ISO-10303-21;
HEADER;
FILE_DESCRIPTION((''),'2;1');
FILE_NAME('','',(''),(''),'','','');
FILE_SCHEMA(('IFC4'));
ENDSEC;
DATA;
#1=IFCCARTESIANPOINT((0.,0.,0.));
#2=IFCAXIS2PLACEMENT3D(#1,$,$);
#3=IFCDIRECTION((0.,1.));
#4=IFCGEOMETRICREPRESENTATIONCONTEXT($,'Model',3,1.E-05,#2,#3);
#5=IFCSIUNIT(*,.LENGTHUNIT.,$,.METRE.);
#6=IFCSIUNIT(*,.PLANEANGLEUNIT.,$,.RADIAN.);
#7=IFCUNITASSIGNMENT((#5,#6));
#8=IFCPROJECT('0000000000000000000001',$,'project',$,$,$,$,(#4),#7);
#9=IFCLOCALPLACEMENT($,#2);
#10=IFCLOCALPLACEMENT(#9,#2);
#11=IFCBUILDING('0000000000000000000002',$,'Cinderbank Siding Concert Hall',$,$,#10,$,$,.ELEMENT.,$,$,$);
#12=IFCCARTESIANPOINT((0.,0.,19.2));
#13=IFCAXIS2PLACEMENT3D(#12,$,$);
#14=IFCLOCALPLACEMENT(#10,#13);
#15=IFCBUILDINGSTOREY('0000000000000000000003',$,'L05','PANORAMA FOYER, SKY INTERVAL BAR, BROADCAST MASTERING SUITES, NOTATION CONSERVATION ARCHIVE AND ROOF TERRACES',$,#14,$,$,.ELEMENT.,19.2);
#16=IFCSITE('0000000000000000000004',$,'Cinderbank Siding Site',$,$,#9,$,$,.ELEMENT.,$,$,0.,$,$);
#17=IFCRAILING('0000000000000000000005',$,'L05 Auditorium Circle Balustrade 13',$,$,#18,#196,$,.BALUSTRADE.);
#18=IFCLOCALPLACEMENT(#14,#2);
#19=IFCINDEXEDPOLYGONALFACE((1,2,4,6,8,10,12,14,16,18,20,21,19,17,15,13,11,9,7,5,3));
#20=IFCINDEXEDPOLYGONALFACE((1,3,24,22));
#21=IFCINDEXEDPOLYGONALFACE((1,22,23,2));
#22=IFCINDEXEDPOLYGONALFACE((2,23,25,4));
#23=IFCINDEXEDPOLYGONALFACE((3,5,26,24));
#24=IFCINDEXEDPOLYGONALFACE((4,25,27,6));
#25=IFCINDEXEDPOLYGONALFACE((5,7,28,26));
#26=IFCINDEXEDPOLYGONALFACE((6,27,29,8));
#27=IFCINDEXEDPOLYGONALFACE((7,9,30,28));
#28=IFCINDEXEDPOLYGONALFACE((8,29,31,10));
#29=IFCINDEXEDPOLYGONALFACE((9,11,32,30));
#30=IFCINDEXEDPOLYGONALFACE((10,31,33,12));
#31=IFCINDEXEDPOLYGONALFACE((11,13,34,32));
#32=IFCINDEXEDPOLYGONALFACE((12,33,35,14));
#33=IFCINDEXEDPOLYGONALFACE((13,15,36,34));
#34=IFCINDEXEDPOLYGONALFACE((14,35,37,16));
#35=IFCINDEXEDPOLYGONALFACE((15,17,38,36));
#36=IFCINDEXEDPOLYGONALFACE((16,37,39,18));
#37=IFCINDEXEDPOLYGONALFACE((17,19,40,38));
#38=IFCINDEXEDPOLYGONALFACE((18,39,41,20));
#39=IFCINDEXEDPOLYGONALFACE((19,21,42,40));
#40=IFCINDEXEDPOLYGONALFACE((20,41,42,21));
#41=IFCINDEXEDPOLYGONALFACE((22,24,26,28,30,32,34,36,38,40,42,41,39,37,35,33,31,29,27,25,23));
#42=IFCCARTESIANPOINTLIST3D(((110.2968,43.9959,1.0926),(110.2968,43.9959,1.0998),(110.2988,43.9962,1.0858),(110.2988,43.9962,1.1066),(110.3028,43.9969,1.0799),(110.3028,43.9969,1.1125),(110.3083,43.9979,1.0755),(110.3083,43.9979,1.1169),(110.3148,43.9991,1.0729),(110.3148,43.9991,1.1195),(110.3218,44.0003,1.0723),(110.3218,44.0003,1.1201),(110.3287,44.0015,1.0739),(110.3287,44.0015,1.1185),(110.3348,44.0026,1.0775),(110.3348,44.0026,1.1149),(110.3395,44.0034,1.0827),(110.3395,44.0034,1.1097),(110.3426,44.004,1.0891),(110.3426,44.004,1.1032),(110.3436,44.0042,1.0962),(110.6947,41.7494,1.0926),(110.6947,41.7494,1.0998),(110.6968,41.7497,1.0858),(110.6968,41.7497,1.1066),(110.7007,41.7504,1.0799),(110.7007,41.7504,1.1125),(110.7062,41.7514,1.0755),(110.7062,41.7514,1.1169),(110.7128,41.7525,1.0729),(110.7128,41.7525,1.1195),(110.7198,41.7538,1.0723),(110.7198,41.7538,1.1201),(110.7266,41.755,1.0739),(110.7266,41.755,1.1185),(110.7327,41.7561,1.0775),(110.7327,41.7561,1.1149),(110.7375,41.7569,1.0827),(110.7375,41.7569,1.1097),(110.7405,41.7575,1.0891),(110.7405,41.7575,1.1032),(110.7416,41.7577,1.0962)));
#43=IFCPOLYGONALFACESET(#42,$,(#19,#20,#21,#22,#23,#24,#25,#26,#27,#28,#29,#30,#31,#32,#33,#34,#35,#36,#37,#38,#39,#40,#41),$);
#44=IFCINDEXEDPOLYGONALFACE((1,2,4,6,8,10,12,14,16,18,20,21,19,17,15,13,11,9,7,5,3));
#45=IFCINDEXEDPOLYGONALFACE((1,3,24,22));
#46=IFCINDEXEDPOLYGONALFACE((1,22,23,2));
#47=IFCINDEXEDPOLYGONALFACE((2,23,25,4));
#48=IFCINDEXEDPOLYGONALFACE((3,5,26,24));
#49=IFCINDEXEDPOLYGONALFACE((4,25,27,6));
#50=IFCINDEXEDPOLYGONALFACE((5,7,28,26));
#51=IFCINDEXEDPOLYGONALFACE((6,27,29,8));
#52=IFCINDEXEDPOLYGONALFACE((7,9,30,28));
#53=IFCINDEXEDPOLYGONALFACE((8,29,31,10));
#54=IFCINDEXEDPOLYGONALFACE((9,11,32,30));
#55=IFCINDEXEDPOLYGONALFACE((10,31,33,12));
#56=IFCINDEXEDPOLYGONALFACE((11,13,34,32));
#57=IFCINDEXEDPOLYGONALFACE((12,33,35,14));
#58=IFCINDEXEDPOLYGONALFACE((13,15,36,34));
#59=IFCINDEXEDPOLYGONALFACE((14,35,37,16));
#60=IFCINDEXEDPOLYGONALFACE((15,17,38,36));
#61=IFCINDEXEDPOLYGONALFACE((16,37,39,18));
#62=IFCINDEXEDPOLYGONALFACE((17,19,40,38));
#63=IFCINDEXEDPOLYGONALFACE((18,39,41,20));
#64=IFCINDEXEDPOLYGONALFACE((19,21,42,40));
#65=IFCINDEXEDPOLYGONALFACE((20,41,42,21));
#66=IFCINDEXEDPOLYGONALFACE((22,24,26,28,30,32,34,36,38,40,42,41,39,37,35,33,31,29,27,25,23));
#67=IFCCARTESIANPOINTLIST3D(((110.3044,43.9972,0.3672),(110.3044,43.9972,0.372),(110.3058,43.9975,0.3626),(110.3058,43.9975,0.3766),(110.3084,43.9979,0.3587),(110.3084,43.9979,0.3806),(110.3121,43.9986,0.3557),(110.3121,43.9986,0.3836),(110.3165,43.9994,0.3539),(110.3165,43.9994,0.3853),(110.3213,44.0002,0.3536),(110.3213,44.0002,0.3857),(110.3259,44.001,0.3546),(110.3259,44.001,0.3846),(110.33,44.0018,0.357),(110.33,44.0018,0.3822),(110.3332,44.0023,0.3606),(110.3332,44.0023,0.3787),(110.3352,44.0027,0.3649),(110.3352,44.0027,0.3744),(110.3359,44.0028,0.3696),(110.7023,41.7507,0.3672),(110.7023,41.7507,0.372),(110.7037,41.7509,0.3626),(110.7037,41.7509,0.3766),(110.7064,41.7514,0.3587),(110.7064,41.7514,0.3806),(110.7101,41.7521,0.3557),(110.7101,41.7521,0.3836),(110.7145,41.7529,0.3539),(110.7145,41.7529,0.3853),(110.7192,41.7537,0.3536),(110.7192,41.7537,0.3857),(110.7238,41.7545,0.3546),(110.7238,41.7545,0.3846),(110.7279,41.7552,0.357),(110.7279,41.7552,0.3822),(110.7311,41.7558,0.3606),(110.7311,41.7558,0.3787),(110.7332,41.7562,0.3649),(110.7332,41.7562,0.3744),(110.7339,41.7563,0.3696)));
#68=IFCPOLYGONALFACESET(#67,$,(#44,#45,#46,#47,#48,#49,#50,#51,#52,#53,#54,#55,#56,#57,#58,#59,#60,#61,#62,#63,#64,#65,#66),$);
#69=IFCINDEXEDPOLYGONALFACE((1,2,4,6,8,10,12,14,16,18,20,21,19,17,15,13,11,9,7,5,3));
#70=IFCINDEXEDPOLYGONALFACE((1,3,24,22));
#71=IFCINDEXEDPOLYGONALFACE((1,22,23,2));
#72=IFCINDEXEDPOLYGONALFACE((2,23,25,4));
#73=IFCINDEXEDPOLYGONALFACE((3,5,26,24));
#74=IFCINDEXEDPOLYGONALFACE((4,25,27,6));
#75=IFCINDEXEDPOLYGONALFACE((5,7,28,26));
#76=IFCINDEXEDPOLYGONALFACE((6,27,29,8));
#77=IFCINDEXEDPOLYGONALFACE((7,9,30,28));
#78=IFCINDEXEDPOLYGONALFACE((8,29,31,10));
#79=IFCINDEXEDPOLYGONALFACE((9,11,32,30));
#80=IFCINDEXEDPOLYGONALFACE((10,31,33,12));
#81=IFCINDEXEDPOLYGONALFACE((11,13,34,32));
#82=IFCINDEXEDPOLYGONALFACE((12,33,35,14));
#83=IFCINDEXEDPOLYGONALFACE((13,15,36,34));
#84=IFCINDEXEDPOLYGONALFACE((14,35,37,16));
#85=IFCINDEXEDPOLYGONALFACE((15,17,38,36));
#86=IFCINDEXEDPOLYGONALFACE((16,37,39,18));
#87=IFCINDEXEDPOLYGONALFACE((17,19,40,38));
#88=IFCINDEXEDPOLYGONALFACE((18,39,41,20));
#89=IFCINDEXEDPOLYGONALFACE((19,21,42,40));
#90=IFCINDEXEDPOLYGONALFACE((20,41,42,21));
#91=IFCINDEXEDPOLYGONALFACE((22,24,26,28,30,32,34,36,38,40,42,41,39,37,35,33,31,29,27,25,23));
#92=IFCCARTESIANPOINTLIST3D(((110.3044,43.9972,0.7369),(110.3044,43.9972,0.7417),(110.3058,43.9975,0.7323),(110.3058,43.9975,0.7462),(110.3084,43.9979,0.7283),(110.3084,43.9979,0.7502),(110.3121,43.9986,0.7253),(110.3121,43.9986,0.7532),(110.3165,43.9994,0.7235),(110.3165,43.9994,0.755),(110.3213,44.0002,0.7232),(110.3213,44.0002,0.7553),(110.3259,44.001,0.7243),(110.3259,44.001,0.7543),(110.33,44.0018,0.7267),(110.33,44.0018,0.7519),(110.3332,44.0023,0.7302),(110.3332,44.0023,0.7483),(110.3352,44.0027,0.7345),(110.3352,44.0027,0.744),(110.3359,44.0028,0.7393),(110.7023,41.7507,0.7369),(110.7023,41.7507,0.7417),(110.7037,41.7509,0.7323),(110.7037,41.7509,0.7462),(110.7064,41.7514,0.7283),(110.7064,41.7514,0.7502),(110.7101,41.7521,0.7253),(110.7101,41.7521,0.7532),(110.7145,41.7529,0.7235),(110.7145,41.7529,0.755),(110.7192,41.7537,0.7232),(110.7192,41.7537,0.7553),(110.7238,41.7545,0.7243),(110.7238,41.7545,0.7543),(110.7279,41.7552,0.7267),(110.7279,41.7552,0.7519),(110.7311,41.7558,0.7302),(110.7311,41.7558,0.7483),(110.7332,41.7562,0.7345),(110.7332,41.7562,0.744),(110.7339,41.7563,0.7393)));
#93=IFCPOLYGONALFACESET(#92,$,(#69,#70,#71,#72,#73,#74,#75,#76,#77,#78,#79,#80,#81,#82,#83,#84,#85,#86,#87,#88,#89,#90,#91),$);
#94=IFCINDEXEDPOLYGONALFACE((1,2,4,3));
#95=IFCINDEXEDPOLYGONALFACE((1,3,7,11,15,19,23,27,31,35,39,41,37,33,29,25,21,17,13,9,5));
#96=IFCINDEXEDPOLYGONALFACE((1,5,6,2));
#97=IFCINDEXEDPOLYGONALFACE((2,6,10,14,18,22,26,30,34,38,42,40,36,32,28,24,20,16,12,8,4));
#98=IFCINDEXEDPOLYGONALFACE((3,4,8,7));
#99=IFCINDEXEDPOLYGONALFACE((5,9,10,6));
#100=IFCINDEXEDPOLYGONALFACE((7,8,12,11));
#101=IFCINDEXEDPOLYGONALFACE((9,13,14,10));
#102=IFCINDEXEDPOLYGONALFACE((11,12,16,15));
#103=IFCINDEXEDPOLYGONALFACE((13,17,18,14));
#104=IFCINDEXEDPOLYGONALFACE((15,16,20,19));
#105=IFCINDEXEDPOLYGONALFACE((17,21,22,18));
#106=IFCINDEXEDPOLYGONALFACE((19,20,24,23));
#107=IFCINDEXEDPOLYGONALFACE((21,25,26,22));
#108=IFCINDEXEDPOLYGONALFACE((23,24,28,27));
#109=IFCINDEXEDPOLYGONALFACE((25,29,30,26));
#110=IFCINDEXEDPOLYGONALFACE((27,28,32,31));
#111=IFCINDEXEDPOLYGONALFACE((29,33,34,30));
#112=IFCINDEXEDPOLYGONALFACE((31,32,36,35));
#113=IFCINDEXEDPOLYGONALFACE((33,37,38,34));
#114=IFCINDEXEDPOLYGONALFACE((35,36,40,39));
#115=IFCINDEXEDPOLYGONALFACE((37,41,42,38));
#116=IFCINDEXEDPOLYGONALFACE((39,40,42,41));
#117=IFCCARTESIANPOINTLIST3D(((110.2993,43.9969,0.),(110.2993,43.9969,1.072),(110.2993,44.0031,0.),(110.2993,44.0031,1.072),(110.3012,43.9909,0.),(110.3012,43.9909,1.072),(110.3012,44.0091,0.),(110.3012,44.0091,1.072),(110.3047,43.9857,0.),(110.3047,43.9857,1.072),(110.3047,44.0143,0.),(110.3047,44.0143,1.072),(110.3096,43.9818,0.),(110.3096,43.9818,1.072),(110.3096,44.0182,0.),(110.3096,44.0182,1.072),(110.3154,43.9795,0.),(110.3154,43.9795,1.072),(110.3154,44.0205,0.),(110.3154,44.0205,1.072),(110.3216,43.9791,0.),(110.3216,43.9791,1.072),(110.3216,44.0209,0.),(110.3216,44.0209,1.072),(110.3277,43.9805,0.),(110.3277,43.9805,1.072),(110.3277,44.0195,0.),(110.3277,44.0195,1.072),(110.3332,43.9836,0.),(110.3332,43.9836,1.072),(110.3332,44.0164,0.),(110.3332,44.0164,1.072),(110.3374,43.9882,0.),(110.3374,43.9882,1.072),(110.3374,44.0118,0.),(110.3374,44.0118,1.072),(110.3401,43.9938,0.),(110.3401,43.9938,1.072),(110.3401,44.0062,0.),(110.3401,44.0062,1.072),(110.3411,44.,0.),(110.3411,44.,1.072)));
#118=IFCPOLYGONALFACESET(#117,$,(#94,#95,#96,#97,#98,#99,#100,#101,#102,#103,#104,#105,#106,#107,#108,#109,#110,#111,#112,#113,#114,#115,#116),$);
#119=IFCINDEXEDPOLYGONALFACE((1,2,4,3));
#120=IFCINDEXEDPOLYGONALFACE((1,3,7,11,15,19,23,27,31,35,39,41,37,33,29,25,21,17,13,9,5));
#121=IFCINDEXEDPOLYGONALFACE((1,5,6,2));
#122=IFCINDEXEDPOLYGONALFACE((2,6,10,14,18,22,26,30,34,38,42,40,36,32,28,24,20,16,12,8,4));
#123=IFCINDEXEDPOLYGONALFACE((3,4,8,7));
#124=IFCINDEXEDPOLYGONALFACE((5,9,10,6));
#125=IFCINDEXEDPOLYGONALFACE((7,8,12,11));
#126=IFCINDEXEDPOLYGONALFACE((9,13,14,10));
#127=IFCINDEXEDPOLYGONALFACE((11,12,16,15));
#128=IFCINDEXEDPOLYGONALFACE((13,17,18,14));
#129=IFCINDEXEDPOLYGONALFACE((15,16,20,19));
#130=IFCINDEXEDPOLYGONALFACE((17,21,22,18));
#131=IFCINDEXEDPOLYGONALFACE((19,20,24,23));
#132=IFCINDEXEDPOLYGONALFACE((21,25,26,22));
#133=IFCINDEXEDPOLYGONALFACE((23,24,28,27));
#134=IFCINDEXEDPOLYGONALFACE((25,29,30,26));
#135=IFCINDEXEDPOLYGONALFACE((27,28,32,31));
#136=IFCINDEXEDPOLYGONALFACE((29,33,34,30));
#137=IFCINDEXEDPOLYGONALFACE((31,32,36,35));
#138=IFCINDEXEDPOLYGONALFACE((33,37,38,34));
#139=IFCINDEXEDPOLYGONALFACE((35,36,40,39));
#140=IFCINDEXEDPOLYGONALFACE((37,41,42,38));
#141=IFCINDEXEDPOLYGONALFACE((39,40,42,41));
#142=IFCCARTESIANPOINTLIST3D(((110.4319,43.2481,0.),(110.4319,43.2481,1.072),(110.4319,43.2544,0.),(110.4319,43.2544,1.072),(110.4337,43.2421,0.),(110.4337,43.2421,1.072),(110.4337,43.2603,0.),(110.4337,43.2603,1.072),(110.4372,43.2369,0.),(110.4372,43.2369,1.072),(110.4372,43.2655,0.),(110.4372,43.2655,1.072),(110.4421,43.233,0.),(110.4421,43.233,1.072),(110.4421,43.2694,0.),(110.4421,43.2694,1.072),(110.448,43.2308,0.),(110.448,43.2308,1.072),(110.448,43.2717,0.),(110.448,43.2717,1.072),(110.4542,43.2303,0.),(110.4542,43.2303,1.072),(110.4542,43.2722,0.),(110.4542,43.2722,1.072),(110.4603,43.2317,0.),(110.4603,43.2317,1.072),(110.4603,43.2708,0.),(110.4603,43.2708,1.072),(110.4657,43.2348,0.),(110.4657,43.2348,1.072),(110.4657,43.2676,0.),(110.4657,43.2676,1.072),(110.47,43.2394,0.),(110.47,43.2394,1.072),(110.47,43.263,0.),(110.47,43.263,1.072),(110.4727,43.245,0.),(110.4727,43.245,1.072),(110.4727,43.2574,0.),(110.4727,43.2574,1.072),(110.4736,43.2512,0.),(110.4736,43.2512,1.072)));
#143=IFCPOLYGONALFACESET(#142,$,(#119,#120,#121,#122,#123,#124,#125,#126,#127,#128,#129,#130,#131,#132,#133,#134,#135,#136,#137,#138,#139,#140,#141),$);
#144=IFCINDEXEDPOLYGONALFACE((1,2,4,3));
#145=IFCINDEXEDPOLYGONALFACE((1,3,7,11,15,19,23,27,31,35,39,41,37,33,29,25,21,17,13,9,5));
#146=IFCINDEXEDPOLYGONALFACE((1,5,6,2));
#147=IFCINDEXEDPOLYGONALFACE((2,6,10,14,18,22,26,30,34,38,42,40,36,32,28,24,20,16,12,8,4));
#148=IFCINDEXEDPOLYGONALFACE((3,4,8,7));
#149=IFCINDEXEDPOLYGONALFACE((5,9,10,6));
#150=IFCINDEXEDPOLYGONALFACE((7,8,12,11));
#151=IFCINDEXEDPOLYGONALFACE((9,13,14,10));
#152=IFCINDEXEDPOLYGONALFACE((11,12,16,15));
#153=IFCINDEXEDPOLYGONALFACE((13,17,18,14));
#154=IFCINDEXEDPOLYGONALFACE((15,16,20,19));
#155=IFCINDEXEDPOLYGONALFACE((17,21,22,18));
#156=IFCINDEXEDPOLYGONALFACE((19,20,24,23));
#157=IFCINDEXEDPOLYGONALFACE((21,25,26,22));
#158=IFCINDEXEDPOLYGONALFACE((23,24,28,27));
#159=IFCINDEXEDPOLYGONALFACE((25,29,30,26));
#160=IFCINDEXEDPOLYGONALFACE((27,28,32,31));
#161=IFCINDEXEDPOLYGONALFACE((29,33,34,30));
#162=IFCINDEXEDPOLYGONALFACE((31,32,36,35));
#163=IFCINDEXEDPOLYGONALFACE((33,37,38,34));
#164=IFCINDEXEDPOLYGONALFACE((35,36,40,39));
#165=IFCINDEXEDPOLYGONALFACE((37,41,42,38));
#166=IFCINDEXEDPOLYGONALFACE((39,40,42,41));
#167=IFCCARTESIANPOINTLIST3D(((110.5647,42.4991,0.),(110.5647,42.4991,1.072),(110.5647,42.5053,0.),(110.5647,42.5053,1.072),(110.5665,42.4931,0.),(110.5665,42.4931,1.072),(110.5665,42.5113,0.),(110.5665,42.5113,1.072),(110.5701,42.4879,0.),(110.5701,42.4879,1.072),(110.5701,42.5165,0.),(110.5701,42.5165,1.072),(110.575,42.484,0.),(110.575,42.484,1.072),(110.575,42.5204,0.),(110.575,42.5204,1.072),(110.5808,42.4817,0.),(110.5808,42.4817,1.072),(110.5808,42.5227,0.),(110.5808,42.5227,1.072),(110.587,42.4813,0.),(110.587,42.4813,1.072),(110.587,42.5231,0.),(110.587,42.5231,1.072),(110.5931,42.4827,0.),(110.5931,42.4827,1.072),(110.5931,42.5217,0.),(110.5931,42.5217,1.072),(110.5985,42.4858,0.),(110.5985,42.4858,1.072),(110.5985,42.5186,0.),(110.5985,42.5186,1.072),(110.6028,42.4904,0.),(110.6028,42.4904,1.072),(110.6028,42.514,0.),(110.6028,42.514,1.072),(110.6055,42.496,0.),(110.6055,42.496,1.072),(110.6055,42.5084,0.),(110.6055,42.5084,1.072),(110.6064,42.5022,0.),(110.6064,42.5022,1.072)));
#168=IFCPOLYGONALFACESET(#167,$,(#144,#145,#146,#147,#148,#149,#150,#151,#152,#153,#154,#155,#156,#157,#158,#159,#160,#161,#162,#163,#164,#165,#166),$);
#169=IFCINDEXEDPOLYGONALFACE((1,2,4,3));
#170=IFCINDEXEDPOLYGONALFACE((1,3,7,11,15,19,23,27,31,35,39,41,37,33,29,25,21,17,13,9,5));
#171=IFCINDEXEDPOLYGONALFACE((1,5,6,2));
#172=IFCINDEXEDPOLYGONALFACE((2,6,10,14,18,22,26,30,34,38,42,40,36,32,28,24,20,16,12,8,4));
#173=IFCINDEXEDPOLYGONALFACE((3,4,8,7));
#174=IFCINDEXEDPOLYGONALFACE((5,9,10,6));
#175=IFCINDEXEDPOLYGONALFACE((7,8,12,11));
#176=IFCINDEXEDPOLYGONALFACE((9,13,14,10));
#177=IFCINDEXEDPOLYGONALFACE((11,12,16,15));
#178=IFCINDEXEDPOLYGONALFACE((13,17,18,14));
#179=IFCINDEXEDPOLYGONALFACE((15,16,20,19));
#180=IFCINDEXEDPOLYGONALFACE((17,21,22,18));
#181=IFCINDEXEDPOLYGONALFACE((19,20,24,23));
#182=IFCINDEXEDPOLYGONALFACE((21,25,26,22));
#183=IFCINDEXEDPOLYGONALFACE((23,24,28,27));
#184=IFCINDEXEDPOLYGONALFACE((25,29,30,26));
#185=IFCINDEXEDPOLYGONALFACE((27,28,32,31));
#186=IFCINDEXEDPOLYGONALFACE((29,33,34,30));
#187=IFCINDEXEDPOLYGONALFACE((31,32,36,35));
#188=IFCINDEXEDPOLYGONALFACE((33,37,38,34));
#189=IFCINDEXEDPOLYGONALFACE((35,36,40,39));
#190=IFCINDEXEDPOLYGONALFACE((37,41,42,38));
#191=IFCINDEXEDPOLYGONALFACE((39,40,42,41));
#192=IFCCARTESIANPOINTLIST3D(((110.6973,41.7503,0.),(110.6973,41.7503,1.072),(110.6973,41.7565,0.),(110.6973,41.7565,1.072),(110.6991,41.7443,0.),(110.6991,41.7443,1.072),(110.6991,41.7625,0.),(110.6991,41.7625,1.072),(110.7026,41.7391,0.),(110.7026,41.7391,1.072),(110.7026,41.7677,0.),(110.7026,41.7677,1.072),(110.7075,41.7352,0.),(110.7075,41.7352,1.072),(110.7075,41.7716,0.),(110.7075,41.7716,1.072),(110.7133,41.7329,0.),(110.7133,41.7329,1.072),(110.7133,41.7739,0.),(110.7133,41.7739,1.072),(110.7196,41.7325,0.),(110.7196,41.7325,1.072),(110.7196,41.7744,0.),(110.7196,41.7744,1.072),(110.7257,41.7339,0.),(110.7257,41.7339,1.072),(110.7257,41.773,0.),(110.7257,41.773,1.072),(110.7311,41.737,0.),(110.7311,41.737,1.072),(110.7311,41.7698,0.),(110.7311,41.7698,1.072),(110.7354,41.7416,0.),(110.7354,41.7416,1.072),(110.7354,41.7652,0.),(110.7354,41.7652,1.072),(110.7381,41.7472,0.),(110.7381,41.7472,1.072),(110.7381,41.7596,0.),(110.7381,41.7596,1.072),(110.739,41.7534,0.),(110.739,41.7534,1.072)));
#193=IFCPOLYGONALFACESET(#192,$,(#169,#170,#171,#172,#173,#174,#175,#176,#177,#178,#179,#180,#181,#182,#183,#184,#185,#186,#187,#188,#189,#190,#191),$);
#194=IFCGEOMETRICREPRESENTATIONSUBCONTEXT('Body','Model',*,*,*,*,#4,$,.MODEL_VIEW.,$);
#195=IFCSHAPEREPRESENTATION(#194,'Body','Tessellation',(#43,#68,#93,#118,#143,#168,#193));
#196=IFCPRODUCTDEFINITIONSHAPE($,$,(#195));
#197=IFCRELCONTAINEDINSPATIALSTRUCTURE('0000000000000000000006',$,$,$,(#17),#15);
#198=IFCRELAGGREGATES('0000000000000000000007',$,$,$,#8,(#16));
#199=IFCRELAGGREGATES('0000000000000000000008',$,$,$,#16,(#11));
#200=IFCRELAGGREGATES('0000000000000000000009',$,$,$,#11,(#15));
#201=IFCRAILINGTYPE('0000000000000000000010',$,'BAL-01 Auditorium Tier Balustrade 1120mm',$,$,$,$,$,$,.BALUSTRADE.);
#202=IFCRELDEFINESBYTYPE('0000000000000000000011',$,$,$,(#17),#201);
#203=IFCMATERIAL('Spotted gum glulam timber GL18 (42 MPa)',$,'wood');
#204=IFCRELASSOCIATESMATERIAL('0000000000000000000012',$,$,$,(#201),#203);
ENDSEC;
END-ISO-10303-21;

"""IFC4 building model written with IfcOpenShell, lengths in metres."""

from ifc_helpers import new_model, si_unit, direction, frame, origin, origin_2d, place, context, subcontext, project, spatial, circle, extrude, material, type_object, element, save


model = new_model("IFC4")

# Units and contexts
model_context = context("Model", 3, precision=1e-05, world=origin(), true_north=direction((0.0, 1.0)))
body_context = subcontext(model_context, "Body", "Model", "MODEL_VIEW")
ifc_project = project(units=[si_unit("LENGTHUNIT", "METRE"), si_unit("PLANEANGLEUNIT", "RADIAN")], contexts=[model_context])

# Site, building, storey
site_placement = place(None, origin())
site = spatial("IfcSite", under=ifc_project, at=site_placement, Name="Cinderbank Siding Site", CompositionType="ELEMENT", RefElevation=0.0)
building_placement = place(site_placement, origin())
building = spatial("IfcBuilding", under=site, at=building_placement, Name="Cinderbank Siding Concert Hall", CompositionType="ELEMENT")
storey_placement = place(building_placement, frame((0.0, 0.0, 19.2)))
storey = spatial("IfcBuildingStorey", under=building, at=storey_placement, Name="L05", Description="PANORAMA FOYER, SKY INTERVAL BAR, BROADCAST MASTERING SUITES, NOTATION CONSERVATION ARCHIVE AND ROOF TERRACES", CompositionType="ELEMENT", Elevation=19.2)

# Railing
ifc_material_1 = material(Name="Spotted gum glulam timber GL18 (42 MPa)", Category="wood")
railing_type = type_object("IfcRailingType", Name="BAL-01 Auditorium Tier Balustrade 1120mm", PredefinedType="BALUSTRADE", material=ifc_material_1)
railing_1_placement = place(storey_placement, frame((110.3201, 44.0, 0.0)))
element("IfcRailing", 1, at=railing_1_placement, inside=storey, type_object=railing_type, Name="L05 Auditorium Circle Balustrade 13", PredefinedType="BALUSTRADE", context=body_context, shape_type="SweptSolid", body=[
    extrude(circle(Radius=0.0239, at=origin_2d()), frame((0.0, 0.0, 1.0962), z_axis=(0.17442, -0.984671, 0.0), x_axis=(0.984671, 0.17442, 0.0)), (0.0, 0.0, 1.0), 2.2815),
    extrude(circle(Radius=0.0161, at=origin_2d()), frame((0.0, 0.0, 0.3696), z_axis=(0.17442, -0.984671, 0.0), x_axis=(0.984671, 0.17442, 0.0)), (0.0, 0.0, 1.0), 2.2815),
    extrude(circle(Radius=0.0161, at=origin_2d()), frame((0.0, 0.0, 0.7393), z_axis=(0.17442, -0.984671, 0.0), x_axis=(0.984671, 0.17442, 0.0)), (0.0, 0.0, 1.0), 2.2815),
    extrude(circle(Radius=0.021, at=origin_2d()), origin(), (0.0, 0.0, 1.0), 1.072),
    extrude(circle(Radius=0.021, at=origin_2d()), frame((0.1326, -0.7488, 0.0)), (0.0, 0.0, 1.0), 1.072),
    extrude(circle(Radius=0.021, at=origin_2d()), frame((0.2654, -1.4978, 0.0)), (0.0, 0.0, 1.0), 1.072),
    extrude(circle(Radius=0.021, at=origin_2d()), frame((0.3979, -2.2466, 0.0)), (0.0, 0.0, 1.0), 1.072),
])

save(model, "model.ifc")
